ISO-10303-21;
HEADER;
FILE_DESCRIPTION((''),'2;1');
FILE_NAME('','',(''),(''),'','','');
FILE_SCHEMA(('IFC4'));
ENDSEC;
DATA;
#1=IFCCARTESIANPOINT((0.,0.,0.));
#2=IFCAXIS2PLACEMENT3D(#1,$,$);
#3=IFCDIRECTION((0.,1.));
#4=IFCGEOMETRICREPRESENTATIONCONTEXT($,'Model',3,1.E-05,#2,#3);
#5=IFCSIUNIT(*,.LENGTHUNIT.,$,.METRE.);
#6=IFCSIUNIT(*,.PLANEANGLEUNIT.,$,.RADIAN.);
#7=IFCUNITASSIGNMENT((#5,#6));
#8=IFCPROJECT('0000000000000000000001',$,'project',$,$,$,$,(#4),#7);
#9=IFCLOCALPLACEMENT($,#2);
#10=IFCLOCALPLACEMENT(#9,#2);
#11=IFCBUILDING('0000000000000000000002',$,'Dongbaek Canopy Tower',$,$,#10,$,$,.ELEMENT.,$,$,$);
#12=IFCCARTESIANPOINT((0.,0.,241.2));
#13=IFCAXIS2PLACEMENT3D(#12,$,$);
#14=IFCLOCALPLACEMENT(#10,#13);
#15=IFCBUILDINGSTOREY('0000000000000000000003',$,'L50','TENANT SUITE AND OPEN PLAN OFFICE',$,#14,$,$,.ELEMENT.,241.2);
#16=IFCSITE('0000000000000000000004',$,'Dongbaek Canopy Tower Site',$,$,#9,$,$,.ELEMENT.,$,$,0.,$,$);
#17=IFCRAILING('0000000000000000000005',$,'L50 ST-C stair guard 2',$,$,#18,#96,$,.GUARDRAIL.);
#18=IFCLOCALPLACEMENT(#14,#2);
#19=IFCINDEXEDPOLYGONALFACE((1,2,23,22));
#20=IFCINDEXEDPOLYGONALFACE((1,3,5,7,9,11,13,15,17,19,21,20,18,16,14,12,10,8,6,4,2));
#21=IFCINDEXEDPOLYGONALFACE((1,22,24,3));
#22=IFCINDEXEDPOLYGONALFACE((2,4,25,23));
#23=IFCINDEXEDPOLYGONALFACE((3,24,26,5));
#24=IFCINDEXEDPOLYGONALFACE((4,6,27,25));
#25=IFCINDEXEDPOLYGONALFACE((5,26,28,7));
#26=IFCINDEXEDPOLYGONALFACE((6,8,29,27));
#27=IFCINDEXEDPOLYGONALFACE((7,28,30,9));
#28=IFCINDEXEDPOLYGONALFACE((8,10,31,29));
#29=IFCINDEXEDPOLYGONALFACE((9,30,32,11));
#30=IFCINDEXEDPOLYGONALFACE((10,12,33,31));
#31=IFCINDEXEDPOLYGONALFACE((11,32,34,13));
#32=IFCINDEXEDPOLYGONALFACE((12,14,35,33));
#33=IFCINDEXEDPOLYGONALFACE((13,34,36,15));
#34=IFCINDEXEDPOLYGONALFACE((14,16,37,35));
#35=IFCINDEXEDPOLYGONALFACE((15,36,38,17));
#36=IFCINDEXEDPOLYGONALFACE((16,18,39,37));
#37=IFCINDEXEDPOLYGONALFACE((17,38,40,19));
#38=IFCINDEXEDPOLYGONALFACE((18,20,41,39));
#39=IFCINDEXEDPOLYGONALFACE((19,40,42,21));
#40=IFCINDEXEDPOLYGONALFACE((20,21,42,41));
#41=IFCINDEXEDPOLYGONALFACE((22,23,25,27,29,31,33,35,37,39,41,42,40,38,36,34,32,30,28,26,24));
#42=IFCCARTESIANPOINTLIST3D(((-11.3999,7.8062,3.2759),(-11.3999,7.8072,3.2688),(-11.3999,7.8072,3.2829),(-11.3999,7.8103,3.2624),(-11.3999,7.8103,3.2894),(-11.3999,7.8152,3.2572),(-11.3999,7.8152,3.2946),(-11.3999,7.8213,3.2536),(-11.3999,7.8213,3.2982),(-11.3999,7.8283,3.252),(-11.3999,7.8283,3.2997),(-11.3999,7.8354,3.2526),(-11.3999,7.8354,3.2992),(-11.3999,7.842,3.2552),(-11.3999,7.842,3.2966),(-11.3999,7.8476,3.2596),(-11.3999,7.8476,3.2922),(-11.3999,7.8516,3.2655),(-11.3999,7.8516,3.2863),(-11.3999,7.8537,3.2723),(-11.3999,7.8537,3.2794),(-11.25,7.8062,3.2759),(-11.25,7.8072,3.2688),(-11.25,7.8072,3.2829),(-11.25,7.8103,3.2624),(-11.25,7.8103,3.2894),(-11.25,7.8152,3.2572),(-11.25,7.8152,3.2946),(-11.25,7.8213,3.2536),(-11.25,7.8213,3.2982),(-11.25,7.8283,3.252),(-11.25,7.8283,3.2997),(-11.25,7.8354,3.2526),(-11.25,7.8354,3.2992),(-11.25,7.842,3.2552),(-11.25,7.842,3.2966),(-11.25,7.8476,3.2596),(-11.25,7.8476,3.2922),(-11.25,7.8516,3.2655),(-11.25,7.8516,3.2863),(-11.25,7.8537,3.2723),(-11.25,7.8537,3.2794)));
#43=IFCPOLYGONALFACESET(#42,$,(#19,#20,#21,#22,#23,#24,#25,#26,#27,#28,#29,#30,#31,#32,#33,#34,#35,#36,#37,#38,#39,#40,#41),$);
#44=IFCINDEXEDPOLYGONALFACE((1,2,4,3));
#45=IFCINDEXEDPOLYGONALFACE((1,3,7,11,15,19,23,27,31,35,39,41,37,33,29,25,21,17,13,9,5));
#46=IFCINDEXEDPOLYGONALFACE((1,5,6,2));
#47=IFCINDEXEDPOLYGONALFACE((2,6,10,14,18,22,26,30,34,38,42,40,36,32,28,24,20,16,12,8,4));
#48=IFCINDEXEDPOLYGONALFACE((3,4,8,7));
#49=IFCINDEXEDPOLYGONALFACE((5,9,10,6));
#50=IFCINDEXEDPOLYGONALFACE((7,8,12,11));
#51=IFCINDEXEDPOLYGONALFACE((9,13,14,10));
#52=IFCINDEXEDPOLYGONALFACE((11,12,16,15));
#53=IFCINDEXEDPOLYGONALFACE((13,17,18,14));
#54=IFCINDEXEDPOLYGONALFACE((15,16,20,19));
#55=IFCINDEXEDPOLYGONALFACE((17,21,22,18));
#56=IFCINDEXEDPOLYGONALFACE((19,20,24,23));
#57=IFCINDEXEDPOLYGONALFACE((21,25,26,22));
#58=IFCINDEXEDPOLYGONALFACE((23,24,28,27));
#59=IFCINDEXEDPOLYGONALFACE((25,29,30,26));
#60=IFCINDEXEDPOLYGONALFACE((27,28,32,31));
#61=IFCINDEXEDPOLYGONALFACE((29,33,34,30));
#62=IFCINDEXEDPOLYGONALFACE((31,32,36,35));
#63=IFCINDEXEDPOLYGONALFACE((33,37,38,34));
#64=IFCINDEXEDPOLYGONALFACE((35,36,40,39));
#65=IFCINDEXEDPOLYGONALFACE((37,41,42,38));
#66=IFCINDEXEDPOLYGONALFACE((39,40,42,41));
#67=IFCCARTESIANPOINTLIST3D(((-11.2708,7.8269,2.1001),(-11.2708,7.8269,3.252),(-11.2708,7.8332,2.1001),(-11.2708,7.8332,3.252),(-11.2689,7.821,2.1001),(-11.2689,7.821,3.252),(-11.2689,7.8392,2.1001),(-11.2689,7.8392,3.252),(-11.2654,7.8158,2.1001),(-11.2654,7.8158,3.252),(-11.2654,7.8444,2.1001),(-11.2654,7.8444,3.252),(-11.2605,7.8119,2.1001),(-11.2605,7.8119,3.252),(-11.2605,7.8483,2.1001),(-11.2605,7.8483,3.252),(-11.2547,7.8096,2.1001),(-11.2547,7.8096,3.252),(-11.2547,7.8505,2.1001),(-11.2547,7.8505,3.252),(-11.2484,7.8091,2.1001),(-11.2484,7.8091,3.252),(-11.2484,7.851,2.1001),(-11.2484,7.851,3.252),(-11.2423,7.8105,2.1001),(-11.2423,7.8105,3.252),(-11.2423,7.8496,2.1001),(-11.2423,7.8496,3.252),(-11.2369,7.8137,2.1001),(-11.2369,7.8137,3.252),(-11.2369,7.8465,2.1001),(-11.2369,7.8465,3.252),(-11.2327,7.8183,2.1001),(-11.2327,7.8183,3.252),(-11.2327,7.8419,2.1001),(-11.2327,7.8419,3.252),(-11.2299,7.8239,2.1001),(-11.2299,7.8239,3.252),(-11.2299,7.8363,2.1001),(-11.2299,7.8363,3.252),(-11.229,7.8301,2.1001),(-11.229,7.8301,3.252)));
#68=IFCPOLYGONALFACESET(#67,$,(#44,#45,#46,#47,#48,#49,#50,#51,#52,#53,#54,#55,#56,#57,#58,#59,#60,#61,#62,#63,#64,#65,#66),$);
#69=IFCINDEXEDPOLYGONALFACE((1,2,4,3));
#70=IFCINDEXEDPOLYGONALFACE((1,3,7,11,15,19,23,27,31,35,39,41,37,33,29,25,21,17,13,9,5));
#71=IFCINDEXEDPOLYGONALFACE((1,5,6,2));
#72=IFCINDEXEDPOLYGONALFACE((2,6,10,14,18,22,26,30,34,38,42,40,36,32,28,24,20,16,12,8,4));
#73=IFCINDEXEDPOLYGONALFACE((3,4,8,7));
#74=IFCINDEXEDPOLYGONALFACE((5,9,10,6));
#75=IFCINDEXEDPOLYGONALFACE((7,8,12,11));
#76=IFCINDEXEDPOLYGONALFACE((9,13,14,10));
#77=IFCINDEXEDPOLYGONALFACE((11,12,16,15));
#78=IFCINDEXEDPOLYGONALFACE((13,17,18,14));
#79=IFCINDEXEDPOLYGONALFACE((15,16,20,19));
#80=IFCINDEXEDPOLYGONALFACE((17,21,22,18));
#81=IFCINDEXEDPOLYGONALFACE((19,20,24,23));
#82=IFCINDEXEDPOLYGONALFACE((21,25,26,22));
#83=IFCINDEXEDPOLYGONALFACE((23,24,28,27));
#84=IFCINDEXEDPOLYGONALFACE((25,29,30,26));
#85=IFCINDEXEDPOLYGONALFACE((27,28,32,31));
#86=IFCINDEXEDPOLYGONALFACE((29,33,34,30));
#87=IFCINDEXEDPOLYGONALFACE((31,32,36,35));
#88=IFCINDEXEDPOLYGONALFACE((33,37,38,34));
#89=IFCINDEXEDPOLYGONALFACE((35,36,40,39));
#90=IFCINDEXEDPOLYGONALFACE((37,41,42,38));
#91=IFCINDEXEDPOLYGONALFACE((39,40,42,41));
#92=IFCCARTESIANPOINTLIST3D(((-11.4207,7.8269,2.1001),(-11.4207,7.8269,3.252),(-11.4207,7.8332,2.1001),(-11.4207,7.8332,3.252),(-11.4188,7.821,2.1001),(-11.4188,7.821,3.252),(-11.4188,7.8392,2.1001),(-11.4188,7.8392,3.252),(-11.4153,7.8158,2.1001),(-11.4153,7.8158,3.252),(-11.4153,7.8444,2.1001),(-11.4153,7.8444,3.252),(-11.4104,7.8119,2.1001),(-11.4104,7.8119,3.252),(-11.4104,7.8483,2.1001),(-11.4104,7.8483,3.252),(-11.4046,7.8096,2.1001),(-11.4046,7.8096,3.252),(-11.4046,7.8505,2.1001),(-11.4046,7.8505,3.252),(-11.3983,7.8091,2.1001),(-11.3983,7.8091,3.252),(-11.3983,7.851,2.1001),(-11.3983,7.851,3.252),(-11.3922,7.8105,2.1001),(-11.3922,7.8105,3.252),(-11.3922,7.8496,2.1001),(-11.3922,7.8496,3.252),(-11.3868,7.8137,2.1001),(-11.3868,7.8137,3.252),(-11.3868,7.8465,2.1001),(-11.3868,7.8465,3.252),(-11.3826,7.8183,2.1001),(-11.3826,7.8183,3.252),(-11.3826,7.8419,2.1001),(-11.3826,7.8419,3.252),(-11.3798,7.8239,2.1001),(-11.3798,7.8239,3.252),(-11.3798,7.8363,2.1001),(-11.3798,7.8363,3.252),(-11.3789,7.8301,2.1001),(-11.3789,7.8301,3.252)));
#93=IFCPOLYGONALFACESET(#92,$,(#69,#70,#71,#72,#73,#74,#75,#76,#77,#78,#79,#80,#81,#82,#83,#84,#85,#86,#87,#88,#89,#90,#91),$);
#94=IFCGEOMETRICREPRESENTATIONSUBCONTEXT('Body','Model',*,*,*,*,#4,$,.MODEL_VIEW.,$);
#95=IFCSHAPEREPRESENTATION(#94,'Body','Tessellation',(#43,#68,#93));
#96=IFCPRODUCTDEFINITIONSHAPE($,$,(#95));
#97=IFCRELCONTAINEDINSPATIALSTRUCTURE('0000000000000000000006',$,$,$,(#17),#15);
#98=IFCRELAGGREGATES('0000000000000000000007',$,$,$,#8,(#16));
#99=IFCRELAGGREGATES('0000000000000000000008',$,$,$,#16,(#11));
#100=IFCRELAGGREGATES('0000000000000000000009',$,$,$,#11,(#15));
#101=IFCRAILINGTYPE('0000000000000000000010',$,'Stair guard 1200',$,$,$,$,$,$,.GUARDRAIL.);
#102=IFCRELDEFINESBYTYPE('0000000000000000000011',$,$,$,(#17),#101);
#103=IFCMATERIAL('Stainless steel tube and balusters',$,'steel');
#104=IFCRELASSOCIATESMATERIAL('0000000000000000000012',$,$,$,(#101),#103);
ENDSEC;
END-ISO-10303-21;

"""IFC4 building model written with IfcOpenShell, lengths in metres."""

from ifc_helpers import new_model, si_unit, direction, frame, origin, origin_2d, place, context, subcontext, project, spatial, circle, extrude, material, type_object, element, save


model = new_model("IFC4")

# Units and contexts
model_context = context("Model", 3, precision=1e-05, world=origin(), true_north=direction((0.0, 1.0)))
body_context = subcontext(model_context, "Body", "Model", "MODEL_VIEW")
ifc_project = project(units=[si_unit("LENGTHUNIT", "METRE"), si_unit("PLANEANGLEUNIT", "RADIAN")], contexts=[model_context])

# Site, building, storey
site_placement = place(None, origin())
site = spatial("IfcSite", under=ifc_project, at=site_placement, Name="Dongbaek Canopy Tower Site", CompositionType="ELEMENT", RefElevation=0.0)
building_placement = place(site_placement, origin())
building = spatial("IfcBuilding", under=site, at=building_placement, Name="Dongbaek Canopy Tower", CompositionType="ELEMENT")
storey_placement = place(building_placement, frame((0.0, 0.0, 241.2)))
storey = spatial("IfcBuildingStorey", under=building, at=storey_placement, Name="L50", Description="TENANT SUITE AND OPEN PLAN OFFICE", CompositionType="ELEMENT", Elevation=241.2)

# Railing
ifc_material_1 = material(Name="Stainless steel tube and balusters", Category="steel")
railing_type_1 = type_object("IfcRailingType", Name="Stair guard 1200", PredefinedType="GUARDRAIL", material=ifc_material_1)
railing_1_placement = place(storey_placement, frame((-11.25, 7.8301, 2.1001)))
element("IfcRailing", 1, at=railing_1_placement, inside=storey, type_object=railing_type_1, Name="L50 ST-C stair guard 2", PredefinedType="GUARDRAIL", context=body_context, shape_type="SweptSolid", body=[
    extrude(circle(Radius=0.0239, at=origin_2d()), frame((0.0, 0.0, 1.1758), z_axis=(-1.0, 0.0, 0.0), x_axis=(0.0, -1.0, 0.0)), (0.0, 0.0, 1.0), 0.1499),
    extrude(circle(Radius=0.021, at=origin_2d()), origin(), (0.0, 0.0, 1.0), 1.1519),
    extrude(circle(Radius=0.021, at=origin_2d()), frame((-0.1499, 0.0, 0.0)), (0.0, 0.0, 1.0), 1.1519),
])

save(model, "model.ifc")
